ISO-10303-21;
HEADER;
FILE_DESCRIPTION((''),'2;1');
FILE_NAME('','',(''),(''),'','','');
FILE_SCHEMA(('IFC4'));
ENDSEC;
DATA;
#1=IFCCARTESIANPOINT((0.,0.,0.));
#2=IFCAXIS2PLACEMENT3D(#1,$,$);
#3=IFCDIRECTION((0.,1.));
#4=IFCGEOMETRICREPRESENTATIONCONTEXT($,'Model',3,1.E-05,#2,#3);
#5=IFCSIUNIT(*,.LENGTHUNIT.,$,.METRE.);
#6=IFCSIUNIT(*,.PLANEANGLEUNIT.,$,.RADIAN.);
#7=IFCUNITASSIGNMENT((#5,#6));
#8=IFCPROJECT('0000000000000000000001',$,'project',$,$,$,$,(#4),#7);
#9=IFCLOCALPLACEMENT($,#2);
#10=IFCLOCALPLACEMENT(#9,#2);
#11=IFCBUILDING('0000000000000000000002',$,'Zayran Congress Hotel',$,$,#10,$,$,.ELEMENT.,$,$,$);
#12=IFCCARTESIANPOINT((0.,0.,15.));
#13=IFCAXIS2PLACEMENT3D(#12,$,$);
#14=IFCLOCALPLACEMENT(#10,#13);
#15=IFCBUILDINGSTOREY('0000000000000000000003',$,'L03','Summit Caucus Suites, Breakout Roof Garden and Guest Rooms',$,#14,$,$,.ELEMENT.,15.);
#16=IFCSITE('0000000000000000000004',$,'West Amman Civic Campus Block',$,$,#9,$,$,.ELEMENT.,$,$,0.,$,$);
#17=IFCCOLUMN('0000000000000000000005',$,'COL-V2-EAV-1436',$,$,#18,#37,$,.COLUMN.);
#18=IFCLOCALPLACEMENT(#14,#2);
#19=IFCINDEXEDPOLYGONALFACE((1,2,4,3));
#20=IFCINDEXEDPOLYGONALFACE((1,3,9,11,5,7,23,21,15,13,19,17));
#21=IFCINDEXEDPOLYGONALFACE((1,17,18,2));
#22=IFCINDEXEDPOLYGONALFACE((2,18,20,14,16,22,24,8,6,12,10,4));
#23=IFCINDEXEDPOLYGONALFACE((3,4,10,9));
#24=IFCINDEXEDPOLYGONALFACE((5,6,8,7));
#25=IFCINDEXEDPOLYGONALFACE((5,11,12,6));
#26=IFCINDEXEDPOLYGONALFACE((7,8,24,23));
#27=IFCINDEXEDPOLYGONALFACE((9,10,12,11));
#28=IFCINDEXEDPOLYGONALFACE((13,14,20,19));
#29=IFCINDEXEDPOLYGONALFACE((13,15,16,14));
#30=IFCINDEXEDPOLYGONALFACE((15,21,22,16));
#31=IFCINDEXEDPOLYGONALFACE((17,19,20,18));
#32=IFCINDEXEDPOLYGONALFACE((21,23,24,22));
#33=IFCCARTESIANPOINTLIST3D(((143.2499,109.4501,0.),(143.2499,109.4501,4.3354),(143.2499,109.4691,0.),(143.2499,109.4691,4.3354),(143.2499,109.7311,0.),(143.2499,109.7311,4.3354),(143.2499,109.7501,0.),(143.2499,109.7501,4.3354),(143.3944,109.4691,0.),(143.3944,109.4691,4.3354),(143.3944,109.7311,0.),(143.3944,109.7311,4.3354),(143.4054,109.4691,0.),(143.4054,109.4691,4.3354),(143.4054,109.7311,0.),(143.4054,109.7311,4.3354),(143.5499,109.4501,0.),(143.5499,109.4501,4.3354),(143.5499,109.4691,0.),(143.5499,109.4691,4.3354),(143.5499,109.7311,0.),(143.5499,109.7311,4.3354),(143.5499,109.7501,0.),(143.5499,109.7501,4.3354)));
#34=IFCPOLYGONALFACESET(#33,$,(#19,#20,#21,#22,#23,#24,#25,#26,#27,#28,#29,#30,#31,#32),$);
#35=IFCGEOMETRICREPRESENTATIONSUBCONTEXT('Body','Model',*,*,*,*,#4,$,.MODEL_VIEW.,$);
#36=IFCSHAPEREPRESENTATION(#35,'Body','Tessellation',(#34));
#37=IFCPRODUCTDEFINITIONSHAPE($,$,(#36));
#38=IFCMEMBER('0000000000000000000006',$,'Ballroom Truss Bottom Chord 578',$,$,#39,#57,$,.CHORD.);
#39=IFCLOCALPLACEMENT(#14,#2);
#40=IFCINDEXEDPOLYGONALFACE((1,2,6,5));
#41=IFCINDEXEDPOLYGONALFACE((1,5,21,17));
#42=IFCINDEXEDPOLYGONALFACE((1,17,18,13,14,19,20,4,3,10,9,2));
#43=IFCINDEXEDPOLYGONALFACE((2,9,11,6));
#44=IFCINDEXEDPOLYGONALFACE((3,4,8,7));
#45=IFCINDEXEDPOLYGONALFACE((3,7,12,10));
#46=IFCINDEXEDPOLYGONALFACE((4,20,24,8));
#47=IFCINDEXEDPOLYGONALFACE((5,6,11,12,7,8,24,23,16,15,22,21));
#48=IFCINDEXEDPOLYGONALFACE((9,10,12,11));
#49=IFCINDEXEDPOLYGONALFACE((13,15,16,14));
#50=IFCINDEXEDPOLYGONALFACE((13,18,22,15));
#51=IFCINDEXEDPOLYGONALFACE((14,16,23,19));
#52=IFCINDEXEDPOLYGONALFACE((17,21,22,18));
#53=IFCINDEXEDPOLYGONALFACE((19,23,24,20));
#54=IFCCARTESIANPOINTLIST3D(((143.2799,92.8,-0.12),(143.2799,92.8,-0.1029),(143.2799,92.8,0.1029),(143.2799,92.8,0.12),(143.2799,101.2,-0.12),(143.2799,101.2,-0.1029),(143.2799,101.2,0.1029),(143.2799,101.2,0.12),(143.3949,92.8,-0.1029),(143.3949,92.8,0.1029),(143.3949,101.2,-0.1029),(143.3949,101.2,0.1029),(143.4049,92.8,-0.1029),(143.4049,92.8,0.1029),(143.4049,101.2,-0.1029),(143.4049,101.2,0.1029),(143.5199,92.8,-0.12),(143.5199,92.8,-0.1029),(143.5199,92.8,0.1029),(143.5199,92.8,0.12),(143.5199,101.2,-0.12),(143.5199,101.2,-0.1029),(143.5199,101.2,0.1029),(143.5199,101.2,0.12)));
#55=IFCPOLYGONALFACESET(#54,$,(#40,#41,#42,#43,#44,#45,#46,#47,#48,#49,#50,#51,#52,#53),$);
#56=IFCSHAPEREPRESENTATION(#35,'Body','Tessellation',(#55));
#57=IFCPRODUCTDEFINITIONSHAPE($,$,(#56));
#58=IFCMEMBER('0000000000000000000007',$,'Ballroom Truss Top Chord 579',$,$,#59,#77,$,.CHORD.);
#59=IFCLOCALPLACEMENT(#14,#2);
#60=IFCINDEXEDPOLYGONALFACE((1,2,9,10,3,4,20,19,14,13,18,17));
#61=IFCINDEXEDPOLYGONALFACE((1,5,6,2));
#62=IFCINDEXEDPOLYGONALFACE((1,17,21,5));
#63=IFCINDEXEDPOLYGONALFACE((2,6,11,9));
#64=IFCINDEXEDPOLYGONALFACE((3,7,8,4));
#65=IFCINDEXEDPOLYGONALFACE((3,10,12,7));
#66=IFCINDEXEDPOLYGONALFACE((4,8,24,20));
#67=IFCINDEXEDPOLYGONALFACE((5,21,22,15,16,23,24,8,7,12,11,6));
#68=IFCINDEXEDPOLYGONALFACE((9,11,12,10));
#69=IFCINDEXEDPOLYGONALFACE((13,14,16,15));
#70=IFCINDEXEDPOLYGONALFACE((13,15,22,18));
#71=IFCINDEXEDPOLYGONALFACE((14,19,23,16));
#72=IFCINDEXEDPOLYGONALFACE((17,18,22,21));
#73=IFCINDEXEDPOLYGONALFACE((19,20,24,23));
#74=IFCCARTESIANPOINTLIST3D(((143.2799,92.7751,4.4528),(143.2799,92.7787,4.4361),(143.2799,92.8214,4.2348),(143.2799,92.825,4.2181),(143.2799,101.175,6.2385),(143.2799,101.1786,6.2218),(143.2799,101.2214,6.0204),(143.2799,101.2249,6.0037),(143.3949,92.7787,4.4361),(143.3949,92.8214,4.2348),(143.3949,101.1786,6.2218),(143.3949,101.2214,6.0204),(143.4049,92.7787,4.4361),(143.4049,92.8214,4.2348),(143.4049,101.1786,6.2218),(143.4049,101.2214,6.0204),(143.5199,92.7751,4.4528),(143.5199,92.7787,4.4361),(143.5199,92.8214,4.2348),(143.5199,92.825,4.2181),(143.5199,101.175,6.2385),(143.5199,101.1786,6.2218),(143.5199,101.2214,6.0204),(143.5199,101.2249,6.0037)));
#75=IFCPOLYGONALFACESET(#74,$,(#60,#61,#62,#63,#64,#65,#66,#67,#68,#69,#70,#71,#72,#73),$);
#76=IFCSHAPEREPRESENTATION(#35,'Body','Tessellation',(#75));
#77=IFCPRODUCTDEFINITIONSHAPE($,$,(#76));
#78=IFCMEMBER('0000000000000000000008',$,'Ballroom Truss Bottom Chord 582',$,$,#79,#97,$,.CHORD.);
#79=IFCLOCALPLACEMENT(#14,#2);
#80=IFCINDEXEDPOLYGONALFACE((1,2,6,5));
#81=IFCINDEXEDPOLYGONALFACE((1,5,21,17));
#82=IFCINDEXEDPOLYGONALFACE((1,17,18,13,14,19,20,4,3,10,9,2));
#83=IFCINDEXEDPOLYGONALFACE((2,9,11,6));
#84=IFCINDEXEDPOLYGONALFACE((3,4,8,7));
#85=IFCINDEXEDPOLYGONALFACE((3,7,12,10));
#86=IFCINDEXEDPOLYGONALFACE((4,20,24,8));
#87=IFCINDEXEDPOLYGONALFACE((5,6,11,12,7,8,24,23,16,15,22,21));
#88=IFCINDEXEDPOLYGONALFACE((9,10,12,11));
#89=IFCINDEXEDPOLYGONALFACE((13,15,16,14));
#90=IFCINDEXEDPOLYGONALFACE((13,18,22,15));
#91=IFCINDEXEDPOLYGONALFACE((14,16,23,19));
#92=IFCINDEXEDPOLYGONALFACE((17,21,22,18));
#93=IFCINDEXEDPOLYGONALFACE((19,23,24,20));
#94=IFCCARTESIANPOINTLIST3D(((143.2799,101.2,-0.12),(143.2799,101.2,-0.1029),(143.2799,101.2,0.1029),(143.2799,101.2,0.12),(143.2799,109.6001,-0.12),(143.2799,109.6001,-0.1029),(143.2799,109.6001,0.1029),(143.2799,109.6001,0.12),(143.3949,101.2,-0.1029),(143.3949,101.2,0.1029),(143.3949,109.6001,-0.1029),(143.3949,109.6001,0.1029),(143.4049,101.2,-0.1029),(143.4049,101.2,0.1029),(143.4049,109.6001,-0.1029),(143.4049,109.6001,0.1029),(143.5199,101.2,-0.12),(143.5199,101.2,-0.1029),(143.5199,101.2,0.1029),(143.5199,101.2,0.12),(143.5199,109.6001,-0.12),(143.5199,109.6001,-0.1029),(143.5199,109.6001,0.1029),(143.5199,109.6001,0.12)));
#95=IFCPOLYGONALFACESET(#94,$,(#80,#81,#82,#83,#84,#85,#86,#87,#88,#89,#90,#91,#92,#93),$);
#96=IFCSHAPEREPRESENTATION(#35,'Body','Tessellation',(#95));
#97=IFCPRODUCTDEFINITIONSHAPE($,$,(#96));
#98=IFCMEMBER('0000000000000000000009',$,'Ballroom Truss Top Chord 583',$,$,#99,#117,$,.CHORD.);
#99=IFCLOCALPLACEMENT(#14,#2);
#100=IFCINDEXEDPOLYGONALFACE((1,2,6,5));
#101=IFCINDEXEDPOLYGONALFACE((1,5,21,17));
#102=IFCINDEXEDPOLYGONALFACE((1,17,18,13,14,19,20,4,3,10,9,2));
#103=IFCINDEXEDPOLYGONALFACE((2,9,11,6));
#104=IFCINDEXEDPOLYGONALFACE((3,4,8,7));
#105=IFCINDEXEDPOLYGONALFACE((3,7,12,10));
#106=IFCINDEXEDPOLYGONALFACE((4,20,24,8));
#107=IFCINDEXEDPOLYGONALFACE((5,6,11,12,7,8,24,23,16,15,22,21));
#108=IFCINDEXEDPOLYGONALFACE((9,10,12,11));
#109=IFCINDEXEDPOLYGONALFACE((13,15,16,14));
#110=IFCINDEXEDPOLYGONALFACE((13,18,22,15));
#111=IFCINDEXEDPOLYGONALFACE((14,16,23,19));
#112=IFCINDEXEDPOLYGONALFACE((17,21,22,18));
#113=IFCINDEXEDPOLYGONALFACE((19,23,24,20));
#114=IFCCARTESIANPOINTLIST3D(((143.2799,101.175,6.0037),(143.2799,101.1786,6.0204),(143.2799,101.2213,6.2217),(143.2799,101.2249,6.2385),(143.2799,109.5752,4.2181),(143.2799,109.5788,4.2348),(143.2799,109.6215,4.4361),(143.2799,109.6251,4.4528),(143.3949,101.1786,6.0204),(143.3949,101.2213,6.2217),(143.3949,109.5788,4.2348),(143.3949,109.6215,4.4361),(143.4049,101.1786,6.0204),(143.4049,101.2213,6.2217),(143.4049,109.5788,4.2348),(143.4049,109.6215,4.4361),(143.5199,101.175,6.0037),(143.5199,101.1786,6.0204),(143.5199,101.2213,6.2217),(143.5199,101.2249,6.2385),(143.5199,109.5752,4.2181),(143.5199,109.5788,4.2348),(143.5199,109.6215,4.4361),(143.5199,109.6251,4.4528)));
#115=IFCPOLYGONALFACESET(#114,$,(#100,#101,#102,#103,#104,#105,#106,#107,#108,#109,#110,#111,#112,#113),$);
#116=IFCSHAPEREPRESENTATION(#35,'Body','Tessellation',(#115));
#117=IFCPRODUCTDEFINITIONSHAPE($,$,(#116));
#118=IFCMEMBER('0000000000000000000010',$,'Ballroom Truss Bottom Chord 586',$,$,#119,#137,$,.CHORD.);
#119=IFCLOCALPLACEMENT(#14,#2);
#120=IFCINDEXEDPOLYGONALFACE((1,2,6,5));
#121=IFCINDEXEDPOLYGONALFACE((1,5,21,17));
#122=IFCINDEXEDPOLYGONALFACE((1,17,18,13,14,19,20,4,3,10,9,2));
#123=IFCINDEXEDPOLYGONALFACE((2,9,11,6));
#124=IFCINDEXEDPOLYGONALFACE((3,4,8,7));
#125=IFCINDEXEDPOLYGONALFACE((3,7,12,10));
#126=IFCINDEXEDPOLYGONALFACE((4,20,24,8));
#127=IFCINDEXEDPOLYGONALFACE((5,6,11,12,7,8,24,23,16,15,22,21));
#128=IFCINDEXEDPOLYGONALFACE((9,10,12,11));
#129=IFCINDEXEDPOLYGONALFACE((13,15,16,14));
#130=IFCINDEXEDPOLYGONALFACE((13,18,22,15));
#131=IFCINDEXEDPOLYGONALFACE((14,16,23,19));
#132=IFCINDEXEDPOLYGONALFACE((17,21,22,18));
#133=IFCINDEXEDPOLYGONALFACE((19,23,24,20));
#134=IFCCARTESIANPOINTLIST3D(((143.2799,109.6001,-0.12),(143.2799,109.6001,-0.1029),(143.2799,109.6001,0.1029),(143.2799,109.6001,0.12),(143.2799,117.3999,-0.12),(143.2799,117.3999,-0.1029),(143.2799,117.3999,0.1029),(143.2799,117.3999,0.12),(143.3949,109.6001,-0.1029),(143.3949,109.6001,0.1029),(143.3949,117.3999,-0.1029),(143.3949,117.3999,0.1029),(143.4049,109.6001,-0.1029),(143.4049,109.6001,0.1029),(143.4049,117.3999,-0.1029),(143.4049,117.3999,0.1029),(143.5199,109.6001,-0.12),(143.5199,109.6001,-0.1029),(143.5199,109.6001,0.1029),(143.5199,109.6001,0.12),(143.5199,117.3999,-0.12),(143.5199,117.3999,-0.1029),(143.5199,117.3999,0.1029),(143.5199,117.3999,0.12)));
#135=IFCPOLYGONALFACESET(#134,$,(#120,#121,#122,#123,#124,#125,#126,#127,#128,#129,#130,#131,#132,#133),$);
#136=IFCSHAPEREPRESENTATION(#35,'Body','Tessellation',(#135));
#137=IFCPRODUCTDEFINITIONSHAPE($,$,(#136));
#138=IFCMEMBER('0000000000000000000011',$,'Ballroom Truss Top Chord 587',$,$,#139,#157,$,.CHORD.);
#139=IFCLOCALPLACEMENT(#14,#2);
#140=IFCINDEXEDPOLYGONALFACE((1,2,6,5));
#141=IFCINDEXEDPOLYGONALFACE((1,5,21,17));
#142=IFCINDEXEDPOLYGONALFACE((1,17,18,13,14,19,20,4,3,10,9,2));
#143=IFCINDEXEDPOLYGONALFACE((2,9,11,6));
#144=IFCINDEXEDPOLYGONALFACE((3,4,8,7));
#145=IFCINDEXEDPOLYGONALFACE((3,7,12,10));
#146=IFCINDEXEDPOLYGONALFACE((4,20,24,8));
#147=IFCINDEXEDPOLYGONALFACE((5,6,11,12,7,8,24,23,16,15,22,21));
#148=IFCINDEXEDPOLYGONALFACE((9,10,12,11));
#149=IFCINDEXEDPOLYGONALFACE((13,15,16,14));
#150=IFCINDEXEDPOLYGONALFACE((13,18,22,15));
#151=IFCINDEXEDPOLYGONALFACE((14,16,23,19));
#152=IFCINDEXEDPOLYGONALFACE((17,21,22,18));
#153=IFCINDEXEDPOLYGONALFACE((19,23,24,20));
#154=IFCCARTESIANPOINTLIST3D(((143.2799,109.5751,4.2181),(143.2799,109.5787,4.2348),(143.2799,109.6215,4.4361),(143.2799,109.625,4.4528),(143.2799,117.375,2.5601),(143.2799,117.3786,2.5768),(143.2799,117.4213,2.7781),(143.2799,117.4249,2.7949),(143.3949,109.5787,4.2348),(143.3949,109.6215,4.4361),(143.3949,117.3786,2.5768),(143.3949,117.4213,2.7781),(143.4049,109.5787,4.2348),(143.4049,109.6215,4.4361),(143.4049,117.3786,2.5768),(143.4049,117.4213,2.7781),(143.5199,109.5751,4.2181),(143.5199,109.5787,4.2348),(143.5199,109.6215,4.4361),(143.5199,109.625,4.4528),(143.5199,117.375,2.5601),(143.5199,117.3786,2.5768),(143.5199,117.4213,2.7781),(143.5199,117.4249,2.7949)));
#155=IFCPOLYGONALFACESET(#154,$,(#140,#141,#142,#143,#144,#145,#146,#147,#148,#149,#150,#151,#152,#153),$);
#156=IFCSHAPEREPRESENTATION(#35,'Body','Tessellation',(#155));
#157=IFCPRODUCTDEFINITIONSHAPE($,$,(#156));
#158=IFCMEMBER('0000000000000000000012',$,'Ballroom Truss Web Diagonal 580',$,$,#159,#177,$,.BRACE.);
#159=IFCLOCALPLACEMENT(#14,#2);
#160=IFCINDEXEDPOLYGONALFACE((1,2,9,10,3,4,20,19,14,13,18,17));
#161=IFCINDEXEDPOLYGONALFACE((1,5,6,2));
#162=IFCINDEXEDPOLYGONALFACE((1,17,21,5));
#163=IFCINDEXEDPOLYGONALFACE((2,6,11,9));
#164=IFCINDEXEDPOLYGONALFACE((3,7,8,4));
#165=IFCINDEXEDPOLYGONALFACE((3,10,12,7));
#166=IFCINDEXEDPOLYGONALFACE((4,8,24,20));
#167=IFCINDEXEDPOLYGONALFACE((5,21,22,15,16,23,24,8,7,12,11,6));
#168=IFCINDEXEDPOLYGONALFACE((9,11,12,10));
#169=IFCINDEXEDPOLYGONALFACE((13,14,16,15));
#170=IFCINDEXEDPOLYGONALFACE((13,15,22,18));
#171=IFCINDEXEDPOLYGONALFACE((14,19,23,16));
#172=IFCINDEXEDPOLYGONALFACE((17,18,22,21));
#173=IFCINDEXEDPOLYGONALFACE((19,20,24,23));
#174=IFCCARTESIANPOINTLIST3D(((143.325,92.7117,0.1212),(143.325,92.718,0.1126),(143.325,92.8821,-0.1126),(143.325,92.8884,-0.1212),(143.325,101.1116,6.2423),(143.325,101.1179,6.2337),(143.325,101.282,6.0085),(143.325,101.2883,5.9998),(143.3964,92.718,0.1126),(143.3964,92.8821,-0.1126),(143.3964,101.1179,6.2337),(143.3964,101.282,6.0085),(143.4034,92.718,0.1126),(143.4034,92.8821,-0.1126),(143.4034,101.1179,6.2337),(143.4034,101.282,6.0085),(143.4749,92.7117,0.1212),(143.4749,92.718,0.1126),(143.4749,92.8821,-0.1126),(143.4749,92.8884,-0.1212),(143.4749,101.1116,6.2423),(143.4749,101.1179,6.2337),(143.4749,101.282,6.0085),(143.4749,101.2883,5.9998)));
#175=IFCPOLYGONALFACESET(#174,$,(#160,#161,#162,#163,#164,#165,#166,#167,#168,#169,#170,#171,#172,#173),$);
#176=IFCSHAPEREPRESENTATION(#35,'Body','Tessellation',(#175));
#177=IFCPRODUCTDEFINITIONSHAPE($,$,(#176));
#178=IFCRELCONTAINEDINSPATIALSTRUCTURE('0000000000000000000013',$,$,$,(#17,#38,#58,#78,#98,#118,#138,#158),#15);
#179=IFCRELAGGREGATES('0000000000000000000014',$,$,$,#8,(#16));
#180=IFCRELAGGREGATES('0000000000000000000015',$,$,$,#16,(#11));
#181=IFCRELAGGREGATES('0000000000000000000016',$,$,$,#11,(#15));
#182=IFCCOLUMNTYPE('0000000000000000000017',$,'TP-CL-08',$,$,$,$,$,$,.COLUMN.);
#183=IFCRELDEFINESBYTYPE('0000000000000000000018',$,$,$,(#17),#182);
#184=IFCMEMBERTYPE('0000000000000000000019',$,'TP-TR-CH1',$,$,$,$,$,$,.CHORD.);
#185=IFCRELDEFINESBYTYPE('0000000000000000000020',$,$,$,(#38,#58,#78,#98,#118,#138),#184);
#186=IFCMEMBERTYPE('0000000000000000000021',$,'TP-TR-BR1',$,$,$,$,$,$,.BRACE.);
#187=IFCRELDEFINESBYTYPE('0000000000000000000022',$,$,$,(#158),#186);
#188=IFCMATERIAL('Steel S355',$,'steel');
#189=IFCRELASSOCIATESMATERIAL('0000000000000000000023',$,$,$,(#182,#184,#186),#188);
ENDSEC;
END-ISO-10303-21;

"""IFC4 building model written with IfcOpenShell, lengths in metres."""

from ifc_helpers import new_model, si_unit, direction, frame, origin, origin_2d, place, context, subcontext, project, spatial, i_section, extrude, material, material_profile, profile_set, type_object, element, save


model = new_model("IFC4")

# Units and contexts
model_context = context("Model", 3, precision=1e-05, world=origin(), true_north=direction((0.0, 1.0)))
body_context = subcontext(model_context, "Body", "Model", "MODEL_VIEW")
ifc_project = project(units=[si_unit("LENGTHUNIT", "METRE"), si_unit("PLANEANGLEUNIT", "RADIAN")], contexts=[model_context])

# Site, building, storey
site_placement = place(None, origin())
site = spatial("IfcSite", under=ifc_project, at=site_placement, Name="West Amman Civic Campus Block", CompositionType="ELEMENT", RefElevation=0.0)
building_placement = place(site_placement, origin())
building = spatial("IfcBuilding", under=site, at=building_placement, Name="Zayran Congress Hotel", CompositionType="ELEMENT")
storey_placement = place(building_placement, frame((0.0, 0.0, 15.0)))
storey = spatial("IfcBuildingStorey", under=building, at=storey_placement, Name="L03", Description="Summit Caucus Suites, Breakout Roof Garden and Guest Rooms", CompositionType="ELEMENT", Elevation=15.0)

# Column
ifc_material_1 = material(Name="Steel S355", Category="steel")
ifc_material_profile_1 = material_profile(ifc_material_1, i_section(OverallWidth=0.3, OverallDepth=0.3, WebThickness=0.011, FlangeThickness=0.019, at=origin_2d()), Name="HEB 300")
ifc_profile_set_1 = profile_set([ifc_material_profile_1], Name="Steel S355")
column_type = type_object("IfcColumnType", Name="TP-CL-08", PredefinedType="COLUMN", material=ifc_profile_set_1)
column_placement = place(storey_placement, frame((143.3999, 109.6001, 0.0), z_axis=(0.0, 0.0, 1.0), x_axis=(1.0, 0.0, 0.0)))
element("IfcColumn", 1, at=column_placement, inside=storey, type_object=column_type, Name="COL-V2-EAV-1436", PredefinedType="COLUMN", context=body_context, shape_type="SweptSolid", body=[
    extrude(i_section(OverallWidth=0.3, OverallDepth=0.3, WebThickness=0.011, FlangeThickness=0.019, at=origin_2d()), origin(), (0.0, 0.0, 1.0), 4.3354),
])

# Members
ifc_material_profile_2 = material_profile(ifc_material_1, i_section(OverallWidth=0.24, OverallDepth=0.24, WebThickness=0.01, FlangeThickness=0.0171, at=origin_2d()), Name="HEB 240")
ifc_profile_set_2 = profile_set([ifc_material_profile_2], Name="Steel S355")
member_type_1 = type_object("IfcMemberType", Name="TP-TR-CH1", PredefinedType="CHORD", material=ifc_profile_set_2)
member_1_placement = place(storey_placement, frame((143.3999, 92.8, 0.0), z_axis=(0.0, 1.0, 0.0), x_axis=(-1.0, 0.0, 0.0)))
element("IfcMember", 2, at=member_1_placement, inside=storey, type_object=member_type_1, Name="Ballroom Truss Bottom Chord 578", PredefinedType="CHORD", context=body_context, shape_type="SweptSolid", body=[
    extrude(i_section(OverallWidth=0.24, OverallDepth=0.24, WebThickness=0.01, FlangeThickness=0.0171, at=origin_2d()), origin(), (0.0, 0.0, 1.0), 8.3999),
])
member_2_placement = place(storey_placement, frame((143.3999, 92.8, 4.3354), z_axis=(0.0, 0.978143, 0.207933), x_axis=(-1.0, 0.0, 0.0)))
element("IfcMember", 3, at=member_2_placement, inside=storey, type_object=member_type_1, Name="Ballroom Truss Top Chord 579", PredefinedType="CHORD", context=body_context, shape_type="SweptSolid", body=[
    extrude(i_section(OverallWidth=0.24, OverallDepth=0.24, WebThickness=0.01, FlangeThickness=0.0171, at=origin_2d()), origin(), (0.0, 0.0, 1.0), 8.5876),
])
member_3_placement = place(storey_placement, frame((143.3999, 101.2, 0.0), z_axis=(0.0, 1.0, 0.0), x_axis=(-1.0, 0.0, 0.0)))
element("IfcMember", 4, at=member_3_placement, inside=storey, type_object=member_type_1, Name="Ballroom Truss Bottom Chord 582", PredefinedType="CHORD", context=body_context, shape_type="SweptSolid", body=[
    extrude(i_section(OverallWidth=0.24, OverallDepth=0.24, WebThickness=0.01, FlangeThickness=0.0171, at=origin_2d()), origin(), (0.0, 0.0, 1.0), 8.4001),
])
member_4_placement = place(storey_placement, frame((143.3999, 101.2, 6.1211), z_axis=(0.0, 0.978144, -0.207927), x_axis=(-1.0, 0.0, 0.0)))
element("IfcMember", 5, at=member_4_placement, inside=storey, type_object=member_type_1, Name="Ballroom Truss Top Chord 583", PredefinedType="CHORD", context=body_context, shape_type="SweptSolid", body=[
    extrude(i_section(OverallWidth=0.24, OverallDepth=0.24, WebThickness=0.01, FlangeThickness=0.0171, at=origin_2d()), origin(), (0.0, 0.0, 1.0), 8.5879),
])
member_5_placement = place(storey_placement, frame((143.3999, 109.6001, 0.0), z_axis=(0.0, 1.0, 0.0), x_axis=(-1.0, 0.0, 0.0)))
element("IfcMember", 6, at=member_5_placement, inside=storey, type_object=member_type_1, Name="Ballroom Truss Bottom Chord 586", PredefinedType="CHORD", context=body_context, shape_type="SweptSolid", body=[
    extrude(i_section(OverallWidth=0.24, OverallDepth=0.24, WebThickness=0.01, FlangeThickness=0.0171, at=origin_2d()), origin(), (0.0, 0.0, 1.0), 7.7998),
])
member_6_placement = place(storey_placement, frame((143.3999, 109.6001, 4.3354), z_axis=(0.0, 0.978146, -0.207919), x_axis=(-1.0, 0.0, 0.0)))
element("IfcMember", 7, at=member_6_placement, inside=storey, type_object=member_type_1, Name="Ballroom Truss Top Chord 587", PredefinedType="CHORD", context=body_context, shape_type="SweptSolid", body=[
    extrude(i_section(OverallWidth=0.24, OverallDepth=0.24, WebThickness=0.01, FlangeThickness=0.0171, at=origin_2d()), origin(), (0.0, 0.0, 1.0), 7.9741),
])
ifc_material_profile_3 = material_profile(ifc_material_1, i_section(OverallWidth=0.1499, OverallDepth=0.3, WebThickness=0.0071, FlangeThickness=0.0107, at=origin_2d()), Name="IPE 300")
ifc_profile_set_3 = profile_set([ifc_material_profile_3], Name="Steel S355")
member_type_2 = type_object("IfcMemberType", Name="TP-TR-BR1", PredefinedType="BRACE", material=ifc_profile_set_3)
member_7_placement = place(storey_placement, frame((143.3999, 92.8, 0.0), z_axis=(0.0, 0.808183, 0.588931), x_axis=(-1.0, 0.0, 0.0)))
element("IfcMember", 8, at=member_7_placement, inside=storey, type_object=member_type_2, Name="Ballroom Truss Web Diagonal 580", PredefinedType="BRACE", context=body_context, shape_type="SweptSolid", body=[
    extrude(i_section(OverallWidth=0.1499, OverallDepth=0.3, WebThickness=0.0071, FlangeThickness=0.0107, at=origin_2d()), origin(), (0.0, 0.0, 1.0), 10.3936),
])

save(model, "model.ifc")
